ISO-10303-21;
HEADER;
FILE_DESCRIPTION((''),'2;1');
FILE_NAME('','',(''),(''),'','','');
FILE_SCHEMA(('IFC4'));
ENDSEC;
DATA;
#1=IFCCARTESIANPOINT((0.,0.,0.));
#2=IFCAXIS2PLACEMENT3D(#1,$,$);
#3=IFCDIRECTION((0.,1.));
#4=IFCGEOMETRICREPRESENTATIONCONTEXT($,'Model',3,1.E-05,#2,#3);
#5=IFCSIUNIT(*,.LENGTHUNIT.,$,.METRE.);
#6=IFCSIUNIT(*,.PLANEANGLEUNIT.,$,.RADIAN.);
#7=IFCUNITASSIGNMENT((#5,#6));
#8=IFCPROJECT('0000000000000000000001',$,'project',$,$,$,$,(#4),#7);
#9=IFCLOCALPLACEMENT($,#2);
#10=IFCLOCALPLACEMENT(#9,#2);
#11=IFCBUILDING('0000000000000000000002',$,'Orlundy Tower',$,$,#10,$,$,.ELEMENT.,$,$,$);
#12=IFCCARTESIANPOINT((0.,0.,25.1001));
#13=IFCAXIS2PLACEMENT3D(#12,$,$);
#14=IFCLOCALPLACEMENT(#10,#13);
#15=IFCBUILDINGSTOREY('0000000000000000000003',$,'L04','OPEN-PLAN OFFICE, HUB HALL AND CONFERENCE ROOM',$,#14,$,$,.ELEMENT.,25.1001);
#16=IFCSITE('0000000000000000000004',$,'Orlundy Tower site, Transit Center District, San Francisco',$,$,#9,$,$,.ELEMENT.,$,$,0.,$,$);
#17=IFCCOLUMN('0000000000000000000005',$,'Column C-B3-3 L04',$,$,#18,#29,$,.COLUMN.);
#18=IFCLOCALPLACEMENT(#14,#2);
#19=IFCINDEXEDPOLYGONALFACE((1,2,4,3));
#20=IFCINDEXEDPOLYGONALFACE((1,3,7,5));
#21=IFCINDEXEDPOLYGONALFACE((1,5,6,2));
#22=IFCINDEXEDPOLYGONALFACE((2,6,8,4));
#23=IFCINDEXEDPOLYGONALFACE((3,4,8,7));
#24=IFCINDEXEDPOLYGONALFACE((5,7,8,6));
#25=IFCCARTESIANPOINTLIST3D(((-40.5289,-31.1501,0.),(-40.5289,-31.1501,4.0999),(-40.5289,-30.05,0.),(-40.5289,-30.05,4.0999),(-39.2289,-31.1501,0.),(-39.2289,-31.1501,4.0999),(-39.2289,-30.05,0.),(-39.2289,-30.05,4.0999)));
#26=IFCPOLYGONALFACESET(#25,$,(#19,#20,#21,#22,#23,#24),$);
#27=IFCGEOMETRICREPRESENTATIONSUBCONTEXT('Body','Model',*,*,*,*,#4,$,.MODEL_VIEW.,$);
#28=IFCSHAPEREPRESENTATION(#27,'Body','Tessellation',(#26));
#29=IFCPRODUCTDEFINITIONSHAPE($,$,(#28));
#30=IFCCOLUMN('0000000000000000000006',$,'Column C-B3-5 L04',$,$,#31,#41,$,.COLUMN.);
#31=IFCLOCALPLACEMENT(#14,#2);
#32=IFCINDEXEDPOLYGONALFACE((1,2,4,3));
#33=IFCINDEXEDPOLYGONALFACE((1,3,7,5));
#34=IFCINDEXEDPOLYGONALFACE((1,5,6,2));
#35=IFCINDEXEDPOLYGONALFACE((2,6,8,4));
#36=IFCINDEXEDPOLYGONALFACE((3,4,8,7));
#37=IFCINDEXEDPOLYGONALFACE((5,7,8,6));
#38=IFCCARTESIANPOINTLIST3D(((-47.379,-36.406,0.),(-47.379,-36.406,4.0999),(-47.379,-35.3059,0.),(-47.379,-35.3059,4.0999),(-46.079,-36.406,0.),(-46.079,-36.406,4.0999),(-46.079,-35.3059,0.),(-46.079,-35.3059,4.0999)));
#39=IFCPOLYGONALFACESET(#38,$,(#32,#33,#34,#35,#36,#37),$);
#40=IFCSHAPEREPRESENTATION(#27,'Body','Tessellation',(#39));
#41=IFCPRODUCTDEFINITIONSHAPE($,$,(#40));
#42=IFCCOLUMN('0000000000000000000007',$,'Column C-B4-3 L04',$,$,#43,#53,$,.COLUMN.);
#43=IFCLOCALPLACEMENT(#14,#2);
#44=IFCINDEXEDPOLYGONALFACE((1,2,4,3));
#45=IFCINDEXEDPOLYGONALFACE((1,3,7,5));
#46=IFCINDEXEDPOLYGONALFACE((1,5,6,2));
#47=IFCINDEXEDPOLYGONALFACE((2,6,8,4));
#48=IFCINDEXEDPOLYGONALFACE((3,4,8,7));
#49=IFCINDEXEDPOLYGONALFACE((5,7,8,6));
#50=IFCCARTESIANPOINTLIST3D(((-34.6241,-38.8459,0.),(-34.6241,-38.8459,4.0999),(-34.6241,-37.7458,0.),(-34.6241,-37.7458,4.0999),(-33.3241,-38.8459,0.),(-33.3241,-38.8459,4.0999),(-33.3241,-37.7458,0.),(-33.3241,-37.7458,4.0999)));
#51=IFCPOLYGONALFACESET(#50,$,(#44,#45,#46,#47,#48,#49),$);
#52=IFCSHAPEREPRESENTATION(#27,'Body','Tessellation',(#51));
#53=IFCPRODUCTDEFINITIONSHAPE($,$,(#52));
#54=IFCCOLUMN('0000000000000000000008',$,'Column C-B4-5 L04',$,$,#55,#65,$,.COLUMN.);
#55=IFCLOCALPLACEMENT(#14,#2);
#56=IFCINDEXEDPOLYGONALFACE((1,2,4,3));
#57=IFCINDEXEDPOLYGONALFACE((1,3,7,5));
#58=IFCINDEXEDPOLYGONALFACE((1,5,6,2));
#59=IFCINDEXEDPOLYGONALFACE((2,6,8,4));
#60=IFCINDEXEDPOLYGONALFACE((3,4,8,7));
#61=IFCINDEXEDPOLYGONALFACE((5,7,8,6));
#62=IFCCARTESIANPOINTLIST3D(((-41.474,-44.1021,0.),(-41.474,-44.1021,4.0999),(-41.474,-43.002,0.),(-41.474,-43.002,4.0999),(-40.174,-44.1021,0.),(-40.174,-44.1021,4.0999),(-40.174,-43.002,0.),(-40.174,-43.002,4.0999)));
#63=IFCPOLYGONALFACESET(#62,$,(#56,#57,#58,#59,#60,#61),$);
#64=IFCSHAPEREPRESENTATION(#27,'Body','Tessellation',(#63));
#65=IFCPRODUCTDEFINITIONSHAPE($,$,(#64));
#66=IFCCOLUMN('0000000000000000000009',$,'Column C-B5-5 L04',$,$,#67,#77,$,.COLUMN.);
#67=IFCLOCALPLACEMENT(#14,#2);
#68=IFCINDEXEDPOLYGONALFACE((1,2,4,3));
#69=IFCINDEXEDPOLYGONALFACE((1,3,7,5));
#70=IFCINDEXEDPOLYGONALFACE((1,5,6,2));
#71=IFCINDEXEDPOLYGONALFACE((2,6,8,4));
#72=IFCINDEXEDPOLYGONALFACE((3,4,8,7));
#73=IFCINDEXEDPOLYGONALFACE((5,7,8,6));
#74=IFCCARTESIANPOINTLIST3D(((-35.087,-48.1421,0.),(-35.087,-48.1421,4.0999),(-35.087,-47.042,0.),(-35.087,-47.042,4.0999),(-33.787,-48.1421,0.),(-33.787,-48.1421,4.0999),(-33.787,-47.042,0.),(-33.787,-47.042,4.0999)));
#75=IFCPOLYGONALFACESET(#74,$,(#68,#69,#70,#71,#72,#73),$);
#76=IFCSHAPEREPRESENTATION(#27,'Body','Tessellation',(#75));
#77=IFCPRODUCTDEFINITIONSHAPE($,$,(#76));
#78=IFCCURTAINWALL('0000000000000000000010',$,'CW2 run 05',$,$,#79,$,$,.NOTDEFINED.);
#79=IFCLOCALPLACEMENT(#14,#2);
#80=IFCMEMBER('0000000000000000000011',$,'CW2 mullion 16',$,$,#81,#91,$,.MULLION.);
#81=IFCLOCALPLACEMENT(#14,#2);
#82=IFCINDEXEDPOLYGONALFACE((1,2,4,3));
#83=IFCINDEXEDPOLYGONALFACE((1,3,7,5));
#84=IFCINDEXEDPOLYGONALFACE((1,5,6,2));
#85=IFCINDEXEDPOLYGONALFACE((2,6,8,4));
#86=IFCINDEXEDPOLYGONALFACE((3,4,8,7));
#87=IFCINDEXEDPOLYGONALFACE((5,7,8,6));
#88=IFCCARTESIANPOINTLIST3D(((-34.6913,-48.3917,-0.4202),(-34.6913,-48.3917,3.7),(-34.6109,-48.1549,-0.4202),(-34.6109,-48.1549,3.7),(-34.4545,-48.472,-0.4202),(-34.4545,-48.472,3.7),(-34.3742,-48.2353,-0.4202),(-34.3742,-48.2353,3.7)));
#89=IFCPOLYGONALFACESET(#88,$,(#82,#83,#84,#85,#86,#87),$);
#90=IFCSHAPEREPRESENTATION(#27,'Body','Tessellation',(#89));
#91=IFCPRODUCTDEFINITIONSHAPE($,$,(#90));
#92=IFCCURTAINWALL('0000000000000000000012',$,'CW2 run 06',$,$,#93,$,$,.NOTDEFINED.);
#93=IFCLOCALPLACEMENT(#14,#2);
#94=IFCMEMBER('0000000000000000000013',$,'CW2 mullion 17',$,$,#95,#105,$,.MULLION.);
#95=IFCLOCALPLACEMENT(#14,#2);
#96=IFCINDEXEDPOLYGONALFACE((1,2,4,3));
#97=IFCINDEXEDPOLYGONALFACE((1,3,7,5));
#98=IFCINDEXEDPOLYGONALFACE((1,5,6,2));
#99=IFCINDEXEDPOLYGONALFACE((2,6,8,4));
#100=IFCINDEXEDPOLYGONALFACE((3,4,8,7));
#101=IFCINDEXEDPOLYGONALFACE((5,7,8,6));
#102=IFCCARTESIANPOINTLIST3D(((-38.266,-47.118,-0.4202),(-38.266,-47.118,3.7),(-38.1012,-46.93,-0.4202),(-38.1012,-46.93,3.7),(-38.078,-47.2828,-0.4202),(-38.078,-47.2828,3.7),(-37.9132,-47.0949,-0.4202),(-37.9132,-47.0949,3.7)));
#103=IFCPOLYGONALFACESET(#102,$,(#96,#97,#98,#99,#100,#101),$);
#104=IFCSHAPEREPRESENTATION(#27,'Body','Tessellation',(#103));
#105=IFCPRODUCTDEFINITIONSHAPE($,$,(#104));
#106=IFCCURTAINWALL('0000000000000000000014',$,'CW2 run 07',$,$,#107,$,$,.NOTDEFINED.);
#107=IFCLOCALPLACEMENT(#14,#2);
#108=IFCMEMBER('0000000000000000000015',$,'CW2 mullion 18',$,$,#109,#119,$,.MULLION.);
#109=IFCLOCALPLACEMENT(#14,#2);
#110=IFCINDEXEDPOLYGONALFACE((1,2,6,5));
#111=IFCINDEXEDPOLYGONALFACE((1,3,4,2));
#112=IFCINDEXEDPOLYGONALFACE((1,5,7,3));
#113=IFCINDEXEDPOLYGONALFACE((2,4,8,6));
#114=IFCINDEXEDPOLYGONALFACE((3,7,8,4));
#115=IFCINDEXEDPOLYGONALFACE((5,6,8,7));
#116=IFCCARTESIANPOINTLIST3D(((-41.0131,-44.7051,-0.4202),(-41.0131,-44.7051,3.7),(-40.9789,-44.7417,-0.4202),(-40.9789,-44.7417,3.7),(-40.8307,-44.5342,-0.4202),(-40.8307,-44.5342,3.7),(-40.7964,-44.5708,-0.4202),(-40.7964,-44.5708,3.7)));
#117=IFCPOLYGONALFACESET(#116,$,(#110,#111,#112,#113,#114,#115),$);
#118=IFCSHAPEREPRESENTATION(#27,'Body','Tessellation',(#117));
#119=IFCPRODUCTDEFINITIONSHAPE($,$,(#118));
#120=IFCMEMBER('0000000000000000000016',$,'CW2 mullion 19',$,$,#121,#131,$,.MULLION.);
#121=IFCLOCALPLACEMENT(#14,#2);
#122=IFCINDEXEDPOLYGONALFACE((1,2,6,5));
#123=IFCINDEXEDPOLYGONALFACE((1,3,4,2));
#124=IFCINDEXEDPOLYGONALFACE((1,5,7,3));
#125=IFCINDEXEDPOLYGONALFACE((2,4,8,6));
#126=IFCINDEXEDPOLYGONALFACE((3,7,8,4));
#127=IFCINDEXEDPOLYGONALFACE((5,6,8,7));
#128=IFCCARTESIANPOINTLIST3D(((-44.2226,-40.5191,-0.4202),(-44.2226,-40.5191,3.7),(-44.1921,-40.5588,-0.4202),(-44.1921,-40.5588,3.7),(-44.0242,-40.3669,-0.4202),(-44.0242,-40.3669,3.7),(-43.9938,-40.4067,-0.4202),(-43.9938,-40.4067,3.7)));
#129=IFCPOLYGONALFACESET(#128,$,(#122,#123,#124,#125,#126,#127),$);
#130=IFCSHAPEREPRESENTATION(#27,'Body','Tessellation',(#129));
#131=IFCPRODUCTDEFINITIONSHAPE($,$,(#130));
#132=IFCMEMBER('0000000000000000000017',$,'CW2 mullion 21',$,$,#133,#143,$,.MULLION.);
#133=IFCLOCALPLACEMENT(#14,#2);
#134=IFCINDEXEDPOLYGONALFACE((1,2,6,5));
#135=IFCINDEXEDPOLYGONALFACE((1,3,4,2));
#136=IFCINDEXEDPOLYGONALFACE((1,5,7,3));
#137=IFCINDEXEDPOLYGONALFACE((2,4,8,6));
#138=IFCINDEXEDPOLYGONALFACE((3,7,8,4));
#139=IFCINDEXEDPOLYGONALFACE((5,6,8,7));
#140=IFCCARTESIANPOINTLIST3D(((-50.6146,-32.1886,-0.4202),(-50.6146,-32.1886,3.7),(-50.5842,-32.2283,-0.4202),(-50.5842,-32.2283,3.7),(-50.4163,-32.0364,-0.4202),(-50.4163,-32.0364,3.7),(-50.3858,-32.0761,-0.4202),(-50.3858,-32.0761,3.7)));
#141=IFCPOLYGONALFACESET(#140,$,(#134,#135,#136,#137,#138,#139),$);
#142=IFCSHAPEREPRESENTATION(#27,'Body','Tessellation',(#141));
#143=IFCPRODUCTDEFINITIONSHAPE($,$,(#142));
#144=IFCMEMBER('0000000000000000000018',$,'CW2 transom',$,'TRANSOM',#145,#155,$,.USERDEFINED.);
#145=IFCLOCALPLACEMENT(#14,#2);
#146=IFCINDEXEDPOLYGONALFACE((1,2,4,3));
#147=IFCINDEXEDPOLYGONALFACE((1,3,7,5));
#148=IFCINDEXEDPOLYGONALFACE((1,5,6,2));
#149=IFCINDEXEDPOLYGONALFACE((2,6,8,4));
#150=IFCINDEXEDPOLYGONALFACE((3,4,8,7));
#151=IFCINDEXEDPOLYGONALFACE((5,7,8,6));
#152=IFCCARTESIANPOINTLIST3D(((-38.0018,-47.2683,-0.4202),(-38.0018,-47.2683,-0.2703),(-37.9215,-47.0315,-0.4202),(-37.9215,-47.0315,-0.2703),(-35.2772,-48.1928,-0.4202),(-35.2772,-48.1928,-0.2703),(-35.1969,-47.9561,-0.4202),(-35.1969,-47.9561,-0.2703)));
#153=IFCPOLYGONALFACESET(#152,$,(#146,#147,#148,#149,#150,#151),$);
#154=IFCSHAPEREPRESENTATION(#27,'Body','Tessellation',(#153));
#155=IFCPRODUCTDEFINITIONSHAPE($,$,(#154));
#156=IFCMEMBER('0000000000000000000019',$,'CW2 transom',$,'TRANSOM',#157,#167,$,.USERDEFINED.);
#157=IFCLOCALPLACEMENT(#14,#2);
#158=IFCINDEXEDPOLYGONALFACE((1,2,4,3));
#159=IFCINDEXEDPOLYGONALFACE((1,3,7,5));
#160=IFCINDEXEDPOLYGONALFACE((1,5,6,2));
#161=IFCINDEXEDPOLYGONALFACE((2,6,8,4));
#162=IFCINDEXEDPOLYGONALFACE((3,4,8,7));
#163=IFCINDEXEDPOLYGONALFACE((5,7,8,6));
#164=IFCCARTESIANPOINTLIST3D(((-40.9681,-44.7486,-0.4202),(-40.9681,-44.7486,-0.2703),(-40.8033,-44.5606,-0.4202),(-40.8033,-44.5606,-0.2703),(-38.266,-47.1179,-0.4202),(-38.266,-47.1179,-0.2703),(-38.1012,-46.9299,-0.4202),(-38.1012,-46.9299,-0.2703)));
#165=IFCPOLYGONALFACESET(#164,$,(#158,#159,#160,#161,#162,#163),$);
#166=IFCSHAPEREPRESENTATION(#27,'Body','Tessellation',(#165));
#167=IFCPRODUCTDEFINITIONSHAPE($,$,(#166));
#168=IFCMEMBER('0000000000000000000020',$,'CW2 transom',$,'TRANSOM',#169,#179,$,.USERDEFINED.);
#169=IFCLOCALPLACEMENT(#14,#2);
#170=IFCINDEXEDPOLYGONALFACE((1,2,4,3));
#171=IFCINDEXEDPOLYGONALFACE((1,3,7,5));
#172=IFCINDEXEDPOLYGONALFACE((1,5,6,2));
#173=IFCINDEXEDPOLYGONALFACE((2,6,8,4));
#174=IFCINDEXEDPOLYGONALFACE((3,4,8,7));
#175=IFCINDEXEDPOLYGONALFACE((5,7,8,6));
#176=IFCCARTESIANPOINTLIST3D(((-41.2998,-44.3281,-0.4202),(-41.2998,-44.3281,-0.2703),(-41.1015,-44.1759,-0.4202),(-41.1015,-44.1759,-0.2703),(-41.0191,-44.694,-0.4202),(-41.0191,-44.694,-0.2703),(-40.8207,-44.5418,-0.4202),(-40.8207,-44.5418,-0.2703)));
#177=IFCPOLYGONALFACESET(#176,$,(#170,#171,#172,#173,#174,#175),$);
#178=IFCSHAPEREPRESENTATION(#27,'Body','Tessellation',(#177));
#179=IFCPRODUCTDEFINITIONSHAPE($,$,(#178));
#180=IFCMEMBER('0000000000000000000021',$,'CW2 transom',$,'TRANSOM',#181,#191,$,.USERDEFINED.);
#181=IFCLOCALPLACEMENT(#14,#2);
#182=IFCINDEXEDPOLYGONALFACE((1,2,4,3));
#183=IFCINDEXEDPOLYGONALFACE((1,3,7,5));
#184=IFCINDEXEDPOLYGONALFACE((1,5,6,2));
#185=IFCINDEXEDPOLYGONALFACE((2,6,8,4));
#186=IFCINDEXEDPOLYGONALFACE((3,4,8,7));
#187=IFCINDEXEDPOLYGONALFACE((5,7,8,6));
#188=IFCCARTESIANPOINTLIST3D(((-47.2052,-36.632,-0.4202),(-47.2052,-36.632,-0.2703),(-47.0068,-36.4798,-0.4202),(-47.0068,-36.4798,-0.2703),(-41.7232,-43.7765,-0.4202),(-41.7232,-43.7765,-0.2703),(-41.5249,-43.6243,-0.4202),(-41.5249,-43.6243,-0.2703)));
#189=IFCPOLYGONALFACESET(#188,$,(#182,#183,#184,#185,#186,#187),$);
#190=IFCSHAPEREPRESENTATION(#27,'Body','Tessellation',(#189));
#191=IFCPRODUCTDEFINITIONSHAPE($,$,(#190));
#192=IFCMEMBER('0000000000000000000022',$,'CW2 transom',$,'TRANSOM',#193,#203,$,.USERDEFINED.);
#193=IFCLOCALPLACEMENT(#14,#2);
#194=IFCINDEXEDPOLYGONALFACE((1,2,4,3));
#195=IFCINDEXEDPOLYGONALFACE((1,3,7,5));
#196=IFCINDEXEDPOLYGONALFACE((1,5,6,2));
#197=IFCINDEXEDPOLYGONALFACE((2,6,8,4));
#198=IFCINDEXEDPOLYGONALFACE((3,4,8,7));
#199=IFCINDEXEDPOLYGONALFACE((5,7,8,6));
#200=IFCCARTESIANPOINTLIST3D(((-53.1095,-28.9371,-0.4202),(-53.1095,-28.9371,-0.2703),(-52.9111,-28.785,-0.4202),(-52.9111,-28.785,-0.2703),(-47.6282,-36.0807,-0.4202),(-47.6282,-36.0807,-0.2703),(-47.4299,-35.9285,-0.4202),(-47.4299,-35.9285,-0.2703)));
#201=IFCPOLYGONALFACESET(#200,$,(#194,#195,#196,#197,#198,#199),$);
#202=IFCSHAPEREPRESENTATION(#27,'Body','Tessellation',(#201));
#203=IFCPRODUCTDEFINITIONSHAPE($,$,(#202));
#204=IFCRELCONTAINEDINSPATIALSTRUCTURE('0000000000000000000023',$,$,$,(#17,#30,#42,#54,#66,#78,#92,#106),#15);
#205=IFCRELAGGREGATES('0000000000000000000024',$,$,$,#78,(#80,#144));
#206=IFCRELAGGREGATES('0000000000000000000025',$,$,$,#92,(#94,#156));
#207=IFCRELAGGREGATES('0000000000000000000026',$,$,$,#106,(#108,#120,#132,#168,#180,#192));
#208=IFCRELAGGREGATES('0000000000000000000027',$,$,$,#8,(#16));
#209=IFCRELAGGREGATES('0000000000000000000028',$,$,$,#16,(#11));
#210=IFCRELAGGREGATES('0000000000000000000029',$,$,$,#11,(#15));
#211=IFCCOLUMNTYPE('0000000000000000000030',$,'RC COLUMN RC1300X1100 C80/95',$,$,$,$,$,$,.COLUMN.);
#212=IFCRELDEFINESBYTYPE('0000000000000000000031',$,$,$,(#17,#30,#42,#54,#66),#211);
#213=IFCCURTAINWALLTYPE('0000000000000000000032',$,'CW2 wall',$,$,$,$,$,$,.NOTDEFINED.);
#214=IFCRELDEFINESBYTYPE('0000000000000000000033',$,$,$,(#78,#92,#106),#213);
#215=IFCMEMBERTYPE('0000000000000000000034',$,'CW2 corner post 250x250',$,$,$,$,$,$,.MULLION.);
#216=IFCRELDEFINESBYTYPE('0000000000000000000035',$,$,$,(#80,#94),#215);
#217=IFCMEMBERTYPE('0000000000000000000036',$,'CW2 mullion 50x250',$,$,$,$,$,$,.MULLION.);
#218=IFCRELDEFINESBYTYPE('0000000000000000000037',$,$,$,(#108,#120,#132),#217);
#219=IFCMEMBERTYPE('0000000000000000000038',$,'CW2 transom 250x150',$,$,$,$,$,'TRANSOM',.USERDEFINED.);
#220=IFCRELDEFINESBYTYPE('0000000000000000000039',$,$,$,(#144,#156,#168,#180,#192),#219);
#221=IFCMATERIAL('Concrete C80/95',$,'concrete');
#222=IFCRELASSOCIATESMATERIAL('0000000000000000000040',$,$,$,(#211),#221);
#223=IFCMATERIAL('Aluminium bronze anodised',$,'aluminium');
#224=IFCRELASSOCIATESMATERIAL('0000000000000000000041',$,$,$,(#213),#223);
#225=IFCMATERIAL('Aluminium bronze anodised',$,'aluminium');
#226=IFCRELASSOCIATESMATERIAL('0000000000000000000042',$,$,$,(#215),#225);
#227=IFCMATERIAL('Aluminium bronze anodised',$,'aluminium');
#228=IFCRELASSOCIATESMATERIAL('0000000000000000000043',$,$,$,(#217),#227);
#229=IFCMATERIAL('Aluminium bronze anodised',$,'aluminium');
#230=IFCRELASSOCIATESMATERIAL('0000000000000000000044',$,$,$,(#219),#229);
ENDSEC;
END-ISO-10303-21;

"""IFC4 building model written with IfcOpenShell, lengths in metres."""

from ifc_helpers import new_model, si_unit, direction, frame, origin, origin_2d, place, context, subcontext, project, spatial, rectangle, extrude, material, material_profile, profile_set, type_object, element, aggregate, save


model = new_model("IFC4")

# Units and contexts
model_context = context("Model", 3, precision=1e-05, world=origin(), true_north=direction((0.0, 1.0)))
body_context = subcontext(model_context, "Body", "Model", "MODEL_VIEW")
ifc_project = project(units=[si_unit("LENGTHUNIT", "METRE"), si_unit("PLANEANGLEUNIT", "RADIAN")], contexts=[model_context])

# Site, building, storey
site_placement = place(None, origin())
site = spatial("IfcSite", under=ifc_project, at=site_placement, Name="Orlundy Tower site, Transit Center District, San Francisco", CompositionType="ELEMENT", RefElevation=0.0)
building_placement = place(site_placement, origin())
building = spatial("IfcBuilding", under=site, at=building_placement, Name="Orlundy Tower", CompositionType="ELEMENT")
storey_placement = place(building_placement, frame((0.0, 0.0, 25.1001)))
storey = spatial("IfcBuildingStorey", under=building, at=storey_placement, Name="L04", Description="OPEN-PLAN OFFICE, HUB HALL AND CONFERENCE ROOM", CompositionType="ELEMENT", Elevation=25.1001)

# Columns
ifc_material_1 = material(Name="Concrete C80/95", Category="concrete")
ifc_material_profile_1 = material_profile(ifc_material_1, rectangle(XDim=1.3, YDim=1.1001, at=origin_2d()), Name="RC1300X1100")
ifc_profile_set_1 = profile_set([ifc_material_profile_1], Name="Concrete C80/95")
column_type = type_object("IfcColumnType", Name="RC COLUMN RC1300X1100 C80/95", PredefinedType="COLUMN", material=ifc_profile_set_1)
for number, where, z_axis, x_axis, name in (
    (1, (-39.8789, -30.6001, 0.0), (0.0, 0.0, 1.0), (1.0, 0.0, 0.0), "Column C-B3-3 L04"),
    (2, (-46.729, -35.856, 0.0), (0.0, 0.0, 1.0), (1.0, 0.0, 0.0), "Column C-B3-5 L04"),
    (3, (-33.9741, -38.2959, 0.0), (0.0, 0.0, 1.0), (1.0, 0.0, 0.0), "Column C-B4-3 L04"),
    (4, (-40.824, -43.552, 0.0), (0.0, 0.0, 1.0), (1.0, 0.0, 0.0), "Column C-B4-5 L04"),
    (5, (-34.437, -47.592, 0.0), (0.0, 0.0, 1.0), (1.0, 0.0, 0.0), "Column C-B5-5 L04"),
):
    element("IfcColumn", number, at=place(storey_placement, frame(where, z_axis=z_axis, x_axis=x_axis)), inside=storey, type_object=column_type, Name=name, PredefinedType="COLUMN", context=body_context, shape_type="SweptSolid", body=[
        extrude(rectangle(XDim=1.3, YDim=1.1001, at=origin_2d()), origin(), (0.0, 0.0, 1.0), 4.0999),
    ])

# Curtain walls, members
ifc_material_2 = material(Name="Aluminium bronze anodised", Category="aluminium")
curtain_wall_type = type_object("IfcCurtainWallType", Name="CW2 wall", PredefinedType="NOTDEFINED", material=ifc_material_2)
curtain_wall_1_placement = place(storey_placement, origin())
curtain_wall_1 = element("IfcCurtainWall", 6, at=curtain_wall_1_placement, inside=storey, type_object=curtain_wall_type, Name="CW2 run 05", PredefinedType="NOTDEFINED")
ifc_material_3 = material(Name="Aluminium bronze anodised", Category="aluminium")
ifc_material_profile_2 = material_profile(ifc_material_3, rectangle(XDim=0.25, YDim=0.25, at=origin_2d()), Name="CW2 corner post 250x250")
ifc_profile_set_2 = profile_set([ifc_material_profile_2], Name="Aluminium bronze anodised")
member_type_1 = type_object("IfcMemberType", Name="CW2 corner post 250x250", PredefinedType="MULLION", material=ifc_profile_set_2)
member_1_placement = place(storey_placement, frame((-34.5327, -48.3135, -0.4202), z_axis=(0.0, 0.0, 1.0), x_axis=(-0.321322, -0.94697, 0.0)))
member_1 = element("IfcMember", 7, at=member_1_placement, type_object=member_type_1, Name="CW2 mullion 16", PredefinedType="MULLION", context=body_context, shape_type="SweptSolid", body=[
    extrude(rectangle(XDim=0.25, YDim=0.25, at=origin_2d()), origin(), (0.0, 0.0, 1.0), 4.1201),
])
curtain_wall_2_placement = place(storey_placement, origin())
curtain_wall_2 = element("IfcCurtainWall", 8, at=curtain_wall_2_placement, inside=storey, type_object=curtain_wall_type, Name="CW2 run 06", PredefinedType="NOTDEFINED")
member_2_placement = place(storey_placement, frame((-38.0896, -47.1064, -0.4202), z_axis=(0.0, 0.0, 1.0), x_axis=(-0.659325, -0.751858, 0.0)))
member_2 = element("IfcMember", 9, at=member_2_placement, type_object=member_type_1, Name="CW2 mullion 17", PredefinedType="MULLION", context=body_context, shape_type="SweptSolid", body=[
    extrude(rectangle(XDim=0.25, YDim=0.25, at=origin_2d()), origin(), (0.0, 0.0, 1.0), 4.1201),
])

# Curtain wall, members
curtain_wall_3_placement = place(storey_placement, origin())
curtain_wall_3 = element("IfcCurtainWall", 10, at=curtain_wall_3_placement, inside=storey, type_object=curtain_wall_type, Name="CW2 run 07", PredefinedType="NOTDEFINED")
ifc_material_4 = material(Name="Aluminium bronze anodised", Category="aluminium")
ifc_material_profile_3 = material_profile(ifc_material_4, rectangle(XDim=0.25, YDim=0.05, at=origin_2d()), Name="CW2 mullion 50x250")
ifc_profile_set_3 = profile_set([ifc_material_profile_3], Name="Aluminium bronze anodised")
member_type_2 = type_object("IfcMemberType", Name="CW2 mullion 50x250", PredefinedType="MULLION", material=ifc_profile_set_3)
member_3_placement = place(storey_placement, frame((-40.9048, -44.6379, -0.4202), z_axis=(0.0, 0.0, 1.0), x_axis=(-0.72986, -0.683596, 0.0)))
member_3 = element("IfcMember", 11, at=member_3_placement, type_object=member_type_2, Name="CW2 mullion 18", PredefinedType="MULLION", context=body_context, shape_type="SweptSolid", body=[
    extrude(rectangle(XDim=0.25, YDim=0.05, at=origin_2d()), origin(), (0.0, 0.0, 1.0), 4.1201),
])
member_4_placement = place(storey_placement, frame((-44.1082, -40.4629, -0.4202), z_axis=(0.0, 0.0, 1.0), x_axis=(-0.793363, -0.608748, 0.0)))
member_4 = element("IfcMember", 12, at=member_4_placement, type_object=member_type_2, Name="CW2 mullion 19", PredefinedType="MULLION", context=body_context, shape_type="SweptSolid", body=[
    extrude(rectangle(XDim=0.25, YDim=0.05, at=origin_2d()), origin(), (0.0, 0.0, 1.0), 4.1201),
])
member_5_placement = place(storey_placement, frame((-50.5002, -32.1323, -0.4202), z_axis=(0.0, 0.0, 1.0), x_axis=(-0.793363, -0.608748, 0.0)))
member_5 = element("IfcMember", 13, at=member_5_placement, type_object=member_type_2, Name="CW2 mullion 21", PredefinedType="MULLION", context=body_context, shape_type="SweptSolid", body=[
    extrude(rectangle(XDim=0.25, YDim=0.05, at=origin_2d()), origin(), (0.0, 0.0, 1.0), 4.1201),
])

# Members
ifc_material_5 = material(Name="Aluminium bronze anodised", Category="aluminium")
ifc_material_profile_4 = material_profile(ifc_material_5, rectangle(XDim=0.25, YDim=0.1499, at=origin_2d()), Name="CW2 transom 250x150")
ifc_profile_set_4 = profile_set([ifc_material_profile_4], Name="Aluminium bronze anodised")
member_type_3 = type_object("IfcMemberType", Name="CW2 transom 250x150", ElementType="TRANSOM", PredefinedType="USERDEFINED", material=ifc_profile_set_4)
member_6_placement = place(storey_placement, frame((-35.2371, -48.0745, -0.3452), z_axis=(-0.946964, 0.32134, 0.0), x_axis=(-0.32134, -0.946964, 0.0)))
member_6 = element("IfcMember", 14, at=member_6_placement, type_object=member_type_3, Name="CW2 transom", ObjectType="TRANSOM", PredefinedType="USERDEFINED", context=body_context, shape_type="SweptSolid", body=[
    extrude(rectangle(XDim=0.25, YDim=0.1499, at=origin_2d()), origin(), (0.0, 0.0, 1.0), 2.8772),
])
member_7_placement = place(storey_placement, frame((-38.1836, -47.0239, -0.3452), z_axis=(-0.751886, 0.659293, 0.0), x_axis=(-0.659293, -0.751886, 0.0)))
member_7 = element("IfcMember", 15, at=member_7_placement, type_object=member_type_3, Name="CW2 transom", ObjectType="TRANSOM", PredefinedType="USERDEFINED", context=body_context, shape_type="SweptSolid", body=[
    extrude(rectangle(XDim=0.25, YDim=0.1499, at=origin_2d()), origin(), (0.0, 0.0, 1.0), 3.5938),
])
member_8_placement = place(storey_placement, frame((-40.9199, -44.6179, -0.3452), z_axis=(-0.608687, 0.79341, 0.0), x_axis=(-0.79341, -0.608687, 0.0)))
member_8 = element("IfcMember", 16, at=member_8_placement, type_object=member_type_3, Name="CW2 transom", ObjectType="TRANSOM", PredefinedType="USERDEFINED", context=body_context, shape_type="SweptSolid", body=[
    extrude(rectangle(XDim=0.25, YDim=0.1499, at=origin_2d()), origin(), (0.0, 0.0, 1.0), 0.4612),
])
member_9_placement = place(storey_placement, frame((-41.624, -43.7004, -0.3452), z_axis=(-0.608743, 0.793367, 0.0), x_axis=(-0.793367, -0.608743, 0.0)))
member_9 = element("IfcMember", 17, at=member_9_placement, type_object=member_type_3, Name="CW2 transom", ObjectType="TRANSOM", PredefinedType="USERDEFINED", context=body_context, shape_type="SweptSolid", body=[
    extrude(rectangle(XDim=0.25, YDim=0.1499, at=origin_2d()), origin(), (0.0, 0.0, 1.0), 9.0054),
])
member_10_placement = place(storey_placement, frame((-47.5291, -36.0046, -0.3452), z_axis=(-0.608745, 0.793366, 0.0), x_axis=(-0.793366, -0.608745, 0.0)))
member_10 = element("IfcMember", 18, at=member_10_placement, type_object=member_type_3, Name="CW2 transom", ObjectType="TRANSOM", PredefinedType="USERDEFINED", context=body_context, shape_type="SweptSolid", body=[
    extrude(rectangle(XDim=0.25, YDim=0.1499, at=origin_2d()), origin(), (0.0, 0.0, 1.0), 9.0042),
])

aggregate(curtain_wall_1, [member_1, member_6])
aggregate(curtain_wall_2, [member_2, member_7])
aggregate(curtain_wall_3, [member_3, member_4, member_5, member_8, member_9, member_10])

save(model, "model.ifc")
